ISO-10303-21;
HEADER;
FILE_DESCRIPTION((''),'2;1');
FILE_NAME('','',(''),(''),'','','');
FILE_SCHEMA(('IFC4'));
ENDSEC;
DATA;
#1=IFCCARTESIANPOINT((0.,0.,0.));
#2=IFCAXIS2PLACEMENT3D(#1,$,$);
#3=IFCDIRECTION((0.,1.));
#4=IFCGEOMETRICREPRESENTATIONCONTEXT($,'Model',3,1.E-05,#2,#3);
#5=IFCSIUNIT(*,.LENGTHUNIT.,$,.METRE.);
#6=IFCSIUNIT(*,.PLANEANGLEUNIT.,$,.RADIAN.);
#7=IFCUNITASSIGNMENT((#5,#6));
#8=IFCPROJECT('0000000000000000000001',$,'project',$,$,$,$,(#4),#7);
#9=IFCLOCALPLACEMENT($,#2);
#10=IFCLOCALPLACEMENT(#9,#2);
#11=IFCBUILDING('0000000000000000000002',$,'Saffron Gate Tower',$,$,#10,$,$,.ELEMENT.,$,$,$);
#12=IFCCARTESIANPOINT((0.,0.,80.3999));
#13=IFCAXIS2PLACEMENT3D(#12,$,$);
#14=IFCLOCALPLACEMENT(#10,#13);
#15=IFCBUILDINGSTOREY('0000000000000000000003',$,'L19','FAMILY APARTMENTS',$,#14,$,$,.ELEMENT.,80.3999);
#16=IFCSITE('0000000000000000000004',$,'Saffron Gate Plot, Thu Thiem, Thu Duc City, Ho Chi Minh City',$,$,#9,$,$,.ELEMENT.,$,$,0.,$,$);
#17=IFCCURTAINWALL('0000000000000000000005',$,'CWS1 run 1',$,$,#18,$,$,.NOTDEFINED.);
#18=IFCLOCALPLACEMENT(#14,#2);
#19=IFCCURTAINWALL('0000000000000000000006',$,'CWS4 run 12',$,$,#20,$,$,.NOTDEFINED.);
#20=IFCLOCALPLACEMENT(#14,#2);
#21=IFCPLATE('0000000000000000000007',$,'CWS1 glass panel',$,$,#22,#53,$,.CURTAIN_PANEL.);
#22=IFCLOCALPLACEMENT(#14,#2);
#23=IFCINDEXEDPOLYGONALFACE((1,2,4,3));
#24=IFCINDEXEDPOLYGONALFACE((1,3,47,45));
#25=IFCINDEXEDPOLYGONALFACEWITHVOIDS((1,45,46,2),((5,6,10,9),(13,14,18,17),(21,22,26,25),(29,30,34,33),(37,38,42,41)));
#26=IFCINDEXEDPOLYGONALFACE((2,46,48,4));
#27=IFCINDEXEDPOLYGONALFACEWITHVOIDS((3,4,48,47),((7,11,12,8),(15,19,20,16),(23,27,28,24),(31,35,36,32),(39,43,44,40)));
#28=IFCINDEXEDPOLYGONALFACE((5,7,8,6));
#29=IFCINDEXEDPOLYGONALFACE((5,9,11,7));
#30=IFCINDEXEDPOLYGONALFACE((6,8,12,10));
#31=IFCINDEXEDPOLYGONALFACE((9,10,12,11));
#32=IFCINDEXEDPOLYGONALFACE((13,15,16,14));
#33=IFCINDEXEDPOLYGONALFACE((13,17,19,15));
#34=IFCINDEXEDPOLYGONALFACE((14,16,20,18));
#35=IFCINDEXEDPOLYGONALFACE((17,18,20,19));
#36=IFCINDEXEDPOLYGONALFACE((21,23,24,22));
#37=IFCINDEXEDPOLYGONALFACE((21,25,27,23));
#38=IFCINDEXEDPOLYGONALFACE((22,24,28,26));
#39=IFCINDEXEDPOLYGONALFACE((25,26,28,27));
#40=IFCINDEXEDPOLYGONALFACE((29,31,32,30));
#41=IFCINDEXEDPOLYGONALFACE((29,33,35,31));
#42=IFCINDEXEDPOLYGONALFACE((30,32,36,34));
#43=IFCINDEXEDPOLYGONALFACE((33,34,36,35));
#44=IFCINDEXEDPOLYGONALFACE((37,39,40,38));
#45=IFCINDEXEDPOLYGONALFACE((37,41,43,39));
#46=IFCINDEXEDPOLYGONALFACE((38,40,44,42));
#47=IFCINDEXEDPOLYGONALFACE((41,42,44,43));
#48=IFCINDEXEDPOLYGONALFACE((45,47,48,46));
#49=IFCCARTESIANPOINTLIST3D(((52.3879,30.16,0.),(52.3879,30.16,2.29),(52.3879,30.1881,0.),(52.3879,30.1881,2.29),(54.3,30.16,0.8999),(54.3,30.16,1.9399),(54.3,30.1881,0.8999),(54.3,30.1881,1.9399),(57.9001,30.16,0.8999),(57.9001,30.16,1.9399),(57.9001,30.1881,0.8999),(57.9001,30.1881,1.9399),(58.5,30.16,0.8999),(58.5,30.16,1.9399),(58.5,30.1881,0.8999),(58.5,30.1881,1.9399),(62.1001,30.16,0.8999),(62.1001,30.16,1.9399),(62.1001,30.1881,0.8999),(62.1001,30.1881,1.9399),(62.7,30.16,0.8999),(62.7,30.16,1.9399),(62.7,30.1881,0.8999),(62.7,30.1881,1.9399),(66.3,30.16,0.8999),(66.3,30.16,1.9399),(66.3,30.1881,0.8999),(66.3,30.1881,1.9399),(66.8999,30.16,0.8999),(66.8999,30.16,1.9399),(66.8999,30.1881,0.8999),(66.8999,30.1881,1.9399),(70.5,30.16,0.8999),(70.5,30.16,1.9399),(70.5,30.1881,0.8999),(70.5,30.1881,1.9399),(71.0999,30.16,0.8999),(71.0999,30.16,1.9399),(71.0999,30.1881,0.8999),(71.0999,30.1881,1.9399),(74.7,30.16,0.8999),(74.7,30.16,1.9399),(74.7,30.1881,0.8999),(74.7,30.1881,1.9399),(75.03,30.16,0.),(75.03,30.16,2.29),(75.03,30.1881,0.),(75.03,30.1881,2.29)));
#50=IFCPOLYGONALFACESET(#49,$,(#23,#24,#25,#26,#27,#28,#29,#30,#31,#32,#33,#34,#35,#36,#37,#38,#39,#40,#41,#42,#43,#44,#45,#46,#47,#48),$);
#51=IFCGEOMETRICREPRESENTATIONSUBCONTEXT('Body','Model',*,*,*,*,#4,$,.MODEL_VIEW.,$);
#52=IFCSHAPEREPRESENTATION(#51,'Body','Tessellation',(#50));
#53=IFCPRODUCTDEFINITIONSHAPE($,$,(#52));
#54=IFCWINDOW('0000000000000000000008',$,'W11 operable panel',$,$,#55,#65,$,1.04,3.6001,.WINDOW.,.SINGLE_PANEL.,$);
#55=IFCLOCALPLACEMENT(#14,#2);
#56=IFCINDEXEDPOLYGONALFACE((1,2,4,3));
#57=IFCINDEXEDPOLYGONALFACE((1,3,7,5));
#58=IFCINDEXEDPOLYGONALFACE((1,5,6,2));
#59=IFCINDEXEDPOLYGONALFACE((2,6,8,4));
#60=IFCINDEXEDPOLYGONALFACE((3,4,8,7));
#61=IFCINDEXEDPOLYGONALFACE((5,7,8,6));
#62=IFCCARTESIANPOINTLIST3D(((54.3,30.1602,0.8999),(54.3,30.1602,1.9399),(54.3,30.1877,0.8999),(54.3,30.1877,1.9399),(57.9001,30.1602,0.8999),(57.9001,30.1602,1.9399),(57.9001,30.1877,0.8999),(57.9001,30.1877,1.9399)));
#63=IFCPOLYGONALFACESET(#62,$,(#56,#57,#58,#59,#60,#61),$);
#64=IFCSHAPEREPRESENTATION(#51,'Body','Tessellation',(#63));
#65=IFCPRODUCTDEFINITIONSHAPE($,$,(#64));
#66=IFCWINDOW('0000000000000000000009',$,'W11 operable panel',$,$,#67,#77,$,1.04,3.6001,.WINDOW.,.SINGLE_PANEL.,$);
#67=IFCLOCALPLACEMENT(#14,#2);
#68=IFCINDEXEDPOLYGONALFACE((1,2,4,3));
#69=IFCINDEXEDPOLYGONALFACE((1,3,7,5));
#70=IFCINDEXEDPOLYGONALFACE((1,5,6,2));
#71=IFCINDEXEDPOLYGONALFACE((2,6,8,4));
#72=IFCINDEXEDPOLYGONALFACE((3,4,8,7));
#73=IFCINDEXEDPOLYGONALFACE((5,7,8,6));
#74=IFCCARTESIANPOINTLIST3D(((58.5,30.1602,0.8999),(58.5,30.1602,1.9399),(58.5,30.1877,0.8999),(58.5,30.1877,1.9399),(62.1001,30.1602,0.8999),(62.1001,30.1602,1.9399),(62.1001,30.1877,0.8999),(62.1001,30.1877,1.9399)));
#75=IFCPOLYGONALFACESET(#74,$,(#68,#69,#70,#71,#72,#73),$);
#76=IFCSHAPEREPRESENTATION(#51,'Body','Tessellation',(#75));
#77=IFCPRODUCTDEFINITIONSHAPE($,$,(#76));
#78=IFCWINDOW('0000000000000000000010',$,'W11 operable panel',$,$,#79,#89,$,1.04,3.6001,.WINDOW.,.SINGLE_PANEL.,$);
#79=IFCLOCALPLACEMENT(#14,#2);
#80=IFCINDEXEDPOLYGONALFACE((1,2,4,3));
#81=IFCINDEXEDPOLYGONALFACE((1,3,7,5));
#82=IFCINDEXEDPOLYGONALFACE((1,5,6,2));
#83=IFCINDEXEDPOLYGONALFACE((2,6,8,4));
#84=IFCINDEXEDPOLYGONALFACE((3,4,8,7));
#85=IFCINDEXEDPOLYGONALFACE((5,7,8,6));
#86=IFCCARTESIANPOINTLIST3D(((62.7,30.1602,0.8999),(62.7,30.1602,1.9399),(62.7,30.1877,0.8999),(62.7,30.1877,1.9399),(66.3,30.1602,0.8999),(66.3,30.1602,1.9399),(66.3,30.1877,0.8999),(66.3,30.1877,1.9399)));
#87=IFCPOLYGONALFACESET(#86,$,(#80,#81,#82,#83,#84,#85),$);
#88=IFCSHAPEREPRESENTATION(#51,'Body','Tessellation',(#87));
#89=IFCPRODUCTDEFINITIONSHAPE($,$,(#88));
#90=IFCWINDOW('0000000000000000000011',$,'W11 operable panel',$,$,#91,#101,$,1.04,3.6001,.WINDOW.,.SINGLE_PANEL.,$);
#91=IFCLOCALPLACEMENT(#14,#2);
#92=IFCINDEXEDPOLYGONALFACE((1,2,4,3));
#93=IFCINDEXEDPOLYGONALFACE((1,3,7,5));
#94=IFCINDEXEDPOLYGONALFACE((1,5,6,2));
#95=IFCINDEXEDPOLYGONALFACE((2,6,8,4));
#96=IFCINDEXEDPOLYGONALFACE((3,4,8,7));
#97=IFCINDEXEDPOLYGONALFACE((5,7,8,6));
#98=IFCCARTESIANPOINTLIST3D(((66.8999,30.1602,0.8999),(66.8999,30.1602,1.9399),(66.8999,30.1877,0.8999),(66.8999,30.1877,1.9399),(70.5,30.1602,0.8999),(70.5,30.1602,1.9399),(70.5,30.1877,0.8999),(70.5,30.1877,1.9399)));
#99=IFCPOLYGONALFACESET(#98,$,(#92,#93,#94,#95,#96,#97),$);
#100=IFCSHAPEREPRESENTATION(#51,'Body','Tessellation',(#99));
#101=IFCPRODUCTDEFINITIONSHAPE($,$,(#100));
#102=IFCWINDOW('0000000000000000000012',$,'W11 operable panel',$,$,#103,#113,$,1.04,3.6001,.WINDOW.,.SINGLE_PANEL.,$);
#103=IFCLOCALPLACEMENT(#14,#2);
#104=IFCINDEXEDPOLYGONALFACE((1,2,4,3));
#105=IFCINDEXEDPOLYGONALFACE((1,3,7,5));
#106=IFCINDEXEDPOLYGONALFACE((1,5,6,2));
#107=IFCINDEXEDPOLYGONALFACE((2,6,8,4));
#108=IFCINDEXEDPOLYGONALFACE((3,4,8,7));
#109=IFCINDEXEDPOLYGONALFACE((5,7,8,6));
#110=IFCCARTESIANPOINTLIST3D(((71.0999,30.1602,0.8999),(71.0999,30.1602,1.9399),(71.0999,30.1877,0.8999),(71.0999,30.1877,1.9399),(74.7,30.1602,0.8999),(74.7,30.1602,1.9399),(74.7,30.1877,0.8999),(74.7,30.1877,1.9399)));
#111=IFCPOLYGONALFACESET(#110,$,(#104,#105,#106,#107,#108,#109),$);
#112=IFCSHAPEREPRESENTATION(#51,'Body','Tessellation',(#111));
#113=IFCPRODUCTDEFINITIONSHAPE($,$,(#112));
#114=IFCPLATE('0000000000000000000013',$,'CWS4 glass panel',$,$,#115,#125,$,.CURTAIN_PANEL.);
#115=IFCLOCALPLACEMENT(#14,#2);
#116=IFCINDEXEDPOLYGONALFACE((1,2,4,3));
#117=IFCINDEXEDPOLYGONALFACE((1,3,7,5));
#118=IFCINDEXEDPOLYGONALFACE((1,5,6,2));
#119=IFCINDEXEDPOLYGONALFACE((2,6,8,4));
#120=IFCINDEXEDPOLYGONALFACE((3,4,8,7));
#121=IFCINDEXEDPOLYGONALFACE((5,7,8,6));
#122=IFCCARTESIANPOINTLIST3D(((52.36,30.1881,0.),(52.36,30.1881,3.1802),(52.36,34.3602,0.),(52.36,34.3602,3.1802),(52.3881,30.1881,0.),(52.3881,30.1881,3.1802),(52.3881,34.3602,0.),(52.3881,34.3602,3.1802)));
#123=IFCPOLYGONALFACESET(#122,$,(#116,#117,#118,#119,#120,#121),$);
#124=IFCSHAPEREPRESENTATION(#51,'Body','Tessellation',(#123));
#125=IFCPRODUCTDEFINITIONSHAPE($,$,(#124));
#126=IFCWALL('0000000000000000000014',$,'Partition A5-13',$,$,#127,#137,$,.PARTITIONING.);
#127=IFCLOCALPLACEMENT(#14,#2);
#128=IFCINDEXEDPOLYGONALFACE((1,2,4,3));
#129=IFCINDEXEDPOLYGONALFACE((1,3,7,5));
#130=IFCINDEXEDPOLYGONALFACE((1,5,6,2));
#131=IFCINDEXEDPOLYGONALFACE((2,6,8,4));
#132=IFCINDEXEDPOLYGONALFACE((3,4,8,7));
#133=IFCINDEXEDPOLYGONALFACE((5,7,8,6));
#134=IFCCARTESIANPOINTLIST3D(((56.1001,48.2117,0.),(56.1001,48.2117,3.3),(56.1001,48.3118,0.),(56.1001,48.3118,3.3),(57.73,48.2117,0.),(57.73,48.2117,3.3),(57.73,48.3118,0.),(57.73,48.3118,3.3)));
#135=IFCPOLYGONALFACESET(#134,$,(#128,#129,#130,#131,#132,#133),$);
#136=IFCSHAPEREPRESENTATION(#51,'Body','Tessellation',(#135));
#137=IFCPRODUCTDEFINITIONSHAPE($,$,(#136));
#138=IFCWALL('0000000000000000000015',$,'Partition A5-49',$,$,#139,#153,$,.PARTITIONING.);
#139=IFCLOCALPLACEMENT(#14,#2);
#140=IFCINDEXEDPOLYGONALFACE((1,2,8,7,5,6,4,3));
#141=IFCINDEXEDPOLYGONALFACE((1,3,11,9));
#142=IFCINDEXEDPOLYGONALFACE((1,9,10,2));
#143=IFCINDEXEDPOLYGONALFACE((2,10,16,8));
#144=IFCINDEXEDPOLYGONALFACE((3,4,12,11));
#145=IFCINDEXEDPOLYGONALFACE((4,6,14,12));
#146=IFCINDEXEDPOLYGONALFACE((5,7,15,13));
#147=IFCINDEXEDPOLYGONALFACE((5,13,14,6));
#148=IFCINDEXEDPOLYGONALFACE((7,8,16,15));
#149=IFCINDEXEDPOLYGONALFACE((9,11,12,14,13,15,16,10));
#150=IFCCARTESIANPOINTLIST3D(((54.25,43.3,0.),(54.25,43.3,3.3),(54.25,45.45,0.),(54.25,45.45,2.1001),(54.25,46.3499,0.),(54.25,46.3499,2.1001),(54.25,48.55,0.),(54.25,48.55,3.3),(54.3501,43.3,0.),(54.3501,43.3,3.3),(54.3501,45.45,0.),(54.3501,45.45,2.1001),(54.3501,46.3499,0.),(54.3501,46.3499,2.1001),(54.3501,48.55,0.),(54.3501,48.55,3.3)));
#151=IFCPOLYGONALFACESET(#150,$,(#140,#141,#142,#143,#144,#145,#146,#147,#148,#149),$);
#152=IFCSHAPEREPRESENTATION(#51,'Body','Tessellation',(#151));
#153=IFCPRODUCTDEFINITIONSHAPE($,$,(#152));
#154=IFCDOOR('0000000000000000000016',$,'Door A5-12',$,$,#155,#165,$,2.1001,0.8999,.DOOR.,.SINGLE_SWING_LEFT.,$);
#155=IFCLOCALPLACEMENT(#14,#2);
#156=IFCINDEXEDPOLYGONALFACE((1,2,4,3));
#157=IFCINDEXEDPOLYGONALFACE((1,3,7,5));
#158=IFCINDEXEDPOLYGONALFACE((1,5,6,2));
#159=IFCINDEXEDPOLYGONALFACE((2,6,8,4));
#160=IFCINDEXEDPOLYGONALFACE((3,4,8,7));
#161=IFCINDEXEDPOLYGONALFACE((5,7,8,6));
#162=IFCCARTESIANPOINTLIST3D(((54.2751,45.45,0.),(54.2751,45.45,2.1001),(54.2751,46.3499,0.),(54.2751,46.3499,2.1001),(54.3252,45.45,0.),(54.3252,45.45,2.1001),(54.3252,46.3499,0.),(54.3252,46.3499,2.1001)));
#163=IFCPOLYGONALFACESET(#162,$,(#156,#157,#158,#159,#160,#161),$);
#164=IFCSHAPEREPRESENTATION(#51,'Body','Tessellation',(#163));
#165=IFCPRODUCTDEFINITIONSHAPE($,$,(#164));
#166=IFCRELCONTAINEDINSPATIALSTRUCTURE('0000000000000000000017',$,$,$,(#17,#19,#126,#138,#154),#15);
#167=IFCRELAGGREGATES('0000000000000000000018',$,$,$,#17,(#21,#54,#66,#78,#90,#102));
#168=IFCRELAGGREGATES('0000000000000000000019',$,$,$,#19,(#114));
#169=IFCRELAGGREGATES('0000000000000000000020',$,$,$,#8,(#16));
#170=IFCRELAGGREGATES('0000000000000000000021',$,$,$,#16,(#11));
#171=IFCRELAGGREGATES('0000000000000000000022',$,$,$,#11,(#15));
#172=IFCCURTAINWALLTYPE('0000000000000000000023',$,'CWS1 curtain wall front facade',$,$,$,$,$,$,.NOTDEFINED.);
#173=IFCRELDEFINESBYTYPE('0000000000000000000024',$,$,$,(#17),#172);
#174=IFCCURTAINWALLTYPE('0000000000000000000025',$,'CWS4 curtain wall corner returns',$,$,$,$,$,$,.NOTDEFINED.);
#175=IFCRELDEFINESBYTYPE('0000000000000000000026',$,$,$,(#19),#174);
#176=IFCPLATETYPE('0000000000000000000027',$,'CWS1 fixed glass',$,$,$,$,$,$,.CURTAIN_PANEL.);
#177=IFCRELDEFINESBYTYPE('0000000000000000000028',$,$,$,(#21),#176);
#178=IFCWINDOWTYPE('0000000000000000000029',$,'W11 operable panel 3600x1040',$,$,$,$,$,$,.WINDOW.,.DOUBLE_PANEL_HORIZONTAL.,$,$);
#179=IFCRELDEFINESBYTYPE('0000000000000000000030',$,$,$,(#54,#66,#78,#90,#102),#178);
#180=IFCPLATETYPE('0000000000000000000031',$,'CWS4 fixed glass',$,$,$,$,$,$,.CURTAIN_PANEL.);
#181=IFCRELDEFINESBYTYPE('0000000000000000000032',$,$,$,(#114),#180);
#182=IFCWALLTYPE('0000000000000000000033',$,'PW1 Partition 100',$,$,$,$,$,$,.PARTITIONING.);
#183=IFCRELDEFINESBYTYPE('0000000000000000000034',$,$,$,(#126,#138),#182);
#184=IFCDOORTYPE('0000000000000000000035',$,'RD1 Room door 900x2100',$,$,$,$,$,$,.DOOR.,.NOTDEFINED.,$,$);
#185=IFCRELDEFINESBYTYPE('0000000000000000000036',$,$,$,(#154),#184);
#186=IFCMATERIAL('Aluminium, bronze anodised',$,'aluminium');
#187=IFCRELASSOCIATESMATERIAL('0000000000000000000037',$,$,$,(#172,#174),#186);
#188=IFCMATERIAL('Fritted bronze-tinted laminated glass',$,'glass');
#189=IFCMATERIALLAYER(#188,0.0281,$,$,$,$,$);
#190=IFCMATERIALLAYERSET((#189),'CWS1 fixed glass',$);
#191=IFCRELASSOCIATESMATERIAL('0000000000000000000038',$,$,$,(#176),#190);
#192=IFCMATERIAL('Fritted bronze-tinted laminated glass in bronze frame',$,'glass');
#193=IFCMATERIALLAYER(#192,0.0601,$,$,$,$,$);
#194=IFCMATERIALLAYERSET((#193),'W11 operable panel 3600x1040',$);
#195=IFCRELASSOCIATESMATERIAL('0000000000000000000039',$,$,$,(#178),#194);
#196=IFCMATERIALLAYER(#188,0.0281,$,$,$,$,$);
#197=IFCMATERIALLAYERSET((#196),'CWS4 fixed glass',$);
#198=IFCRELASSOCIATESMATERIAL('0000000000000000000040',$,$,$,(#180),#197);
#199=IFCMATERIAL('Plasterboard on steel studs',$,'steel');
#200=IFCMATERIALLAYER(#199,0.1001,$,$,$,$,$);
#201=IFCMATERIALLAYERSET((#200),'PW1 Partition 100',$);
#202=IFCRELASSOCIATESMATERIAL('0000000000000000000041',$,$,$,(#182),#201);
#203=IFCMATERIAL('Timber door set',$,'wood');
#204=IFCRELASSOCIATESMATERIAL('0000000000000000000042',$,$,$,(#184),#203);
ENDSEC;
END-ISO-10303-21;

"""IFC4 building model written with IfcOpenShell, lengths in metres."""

from ifc_helpers import new_model, si_unit, direction, frame, frame_2d, origin, place, context, subcontext, project, spatial, rectangle, extrude, material, layer, layer_set, type_object, element, fill, aggregate, save


model = new_model("IFC4")

# Units and contexts
model_context = context("Model", 3, precision=1e-05, world=origin(), true_north=direction((0.0, 1.0)))
body_context = subcontext(model_context, "Body", "Model", "MODEL_VIEW")
ifc_project = project(units=[si_unit("LENGTHUNIT", "METRE"), si_unit("PLANEANGLEUNIT", "RADIAN")], contexts=[model_context])

# Site, building, storey
site_placement = place(None, origin())
site = spatial("IfcSite", under=ifc_project, at=site_placement, Name="Saffron Gate Plot, Thu Thiem, Thu Duc City, Ho Chi Minh City", CompositionType="ELEMENT", RefElevation=0.0)
building_placement = place(site_placement, origin())
building = spatial("IfcBuilding", under=site, at=building_placement, Name="Saffron Gate Tower", CompositionType="ELEMENT")
storey_placement = place(building_placement, frame((0.0, 0.0, 80.3999)))
storey = spatial("IfcBuildingStorey", under=building, at=storey_placement, Name="L19", Description="FAMILY APARTMENTS", CompositionType="ELEMENT", Elevation=80.3999)

# Curtain walls
ifc_material_1 = material(Name="Aluminium, bronze anodised", Category="aluminium")
curtain_wall_type_1 = type_object("IfcCurtainWallType", Name="CWS1 curtain wall front facade", PredefinedType="NOTDEFINED", material=ifc_material_1)
curtain_wall_1_placement = place(storey_placement, origin())
curtain_wall_1 = element("IfcCurtainWall", 1, at=curtain_wall_1_placement, inside=storey, type_object=curtain_wall_type_1, Name="CWS1 run 1", PredefinedType="NOTDEFINED")
curtain_wall_type_2 = type_object("IfcCurtainWallType", Name="CWS4 curtain wall corner returns", PredefinedType="NOTDEFINED", material=ifc_material_1)
curtain_wall_2_placement = place(storey_placement, origin())
curtain_wall_2 = element("IfcCurtainWall", 2, at=curtain_wall_2_placement, inside=storey, type_object=curtain_wall_type_2, Name="CWS4 run 12", PredefinedType="NOTDEFINED")

# Plate, openings, windows
ifc_material_2 = material(Name="Fritted bronze-tinted laminated glass", Category="glass")
ifc_layer_1 = layer(ifc_material_2, 0.0281)
ifc_layer_set_1 = layer_set([ifc_layer_1], Name="CWS1 fixed glass")
plate_type_1 = type_object("IfcPlateType", Name="CWS1 fixed glass", PredefinedType="CURTAIN_PANEL", material=ifc_layer_set_1)
plate_1_placement = place(storey_placement, frame((52.3879, 30.1741, 0.0), z_axis=(0.0, 0.0, 1.0), x_axis=(1.0, 0.0, 0.0)))
plate_1 = element("IfcPlate", 3, at=plate_1_placement, type_object=plate_type_1, Name="CWS1 glass panel", PredefinedType="CURTAIN_PANEL", context=body_context, shape_type="SweptSolid", body=[
    extrude(rectangle(XDim=22.6421, YDim=0.0281, at=frame_2d((11.321, 0.0))), origin(), (0.0, 0.0, 1.0), 2.29),
])
opening_1_placement = place(plate_1_placement, frame((1.9121, 0.0, 0.8999)))
opening_1 = element("IfcOpeningElement", 4, at=opening_1_placement, cuts=plate_1, PredefinedType="OPENING", context=body_context, shape_type="SweptSolid", body=[
    extrude(rectangle(XDim=3.6001, YDim=1.04, at=frame_2d((1.8, 0.52))), frame((0.0, 0.0239, 0.0), z_axis=(0.0, -1.0, 0.0), x_axis=(1.0, 0.0, 0.0)), (0.0, 0.0, 1.0), 0.0481),
])
opening_2_placement = place(plate_1_placement, frame((6.1121, 0.0, 0.8999)))
opening_2 = element("IfcOpeningElement", 5, at=opening_2_placement, cuts=plate_1, PredefinedType="OPENING", context=body_context, shape_type="SweptSolid", body=[
    extrude(rectangle(XDim=3.6001, YDim=1.04, at=frame_2d((1.8, 0.52))), frame((0.0, 0.0239, 0.0), z_axis=(0.0, -1.0, 0.0), x_axis=(1.0, 0.0, 0.0)), (0.0, 0.0, 1.0), 0.0481),
])
opening_3_placement = place(plate_1_placement, frame((10.312, 0.0, 0.8999)))
opening_3 = element("IfcOpeningElement", 6, at=opening_3_placement, cuts=plate_1, PredefinedType="OPENING", context=body_context, shape_type="SweptSolid", body=[
    extrude(rectangle(XDim=3.6001, YDim=1.04, at=frame_2d((1.8, 0.52))), frame((0.0, 0.0239, 0.0), z_axis=(0.0, -1.0, 0.0), x_axis=(1.0, 0.0, 0.0)), (0.0, 0.0, 1.0), 0.0481),
])
opening_4_placement = place(plate_1_placement, frame((14.512, 0.0, 0.8999)))
opening_4 = element("IfcOpeningElement", 7, at=opening_4_placement, cuts=plate_1, PredefinedType="OPENING", context=body_context, shape_type="SweptSolid", body=[
    extrude(rectangle(XDim=3.6001, YDim=1.04, at=frame_2d((1.8, 0.52))), frame((0.0, 0.0239, 0.0), z_axis=(0.0, -1.0, 0.0), x_axis=(1.0, 0.0, 0.0)), (0.0, 0.0, 1.0), 0.0481),
])
opening_5_placement = place(plate_1_placement, frame((18.7119, 0.0, 0.8999)))
opening_5 = element("IfcOpeningElement", 8, at=opening_5_placement, cuts=plate_1, PredefinedType="OPENING", context=body_context, shape_type="SweptSolid", body=[
    extrude(rectangle(XDim=3.6001, YDim=1.04, at=frame_2d((1.8, 0.52))), frame((0.0, 0.0239, 0.0), z_axis=(0.0, -1.0, 0.0), x_axis=(1.0, 0.0, 0.0)), (0.0, 0.0, 1.0), 0.0481),
])
ifc_material_3 = material(Name="Fritted bronze-tinted laminated glass in bronze frame", Category="glass")
ifc_layer_2 = layer(ifc_material_3, 0.0601)
ifc_layer_set_2 = layer_set([ifc_layer_2], Name="W11 operable panel 3600x1040")
window_type = type_object("IfcWindowType", Name="W11 operable panel 3600x1040", PartitioningType="DOUBLE_PANEL_HORIZONTAL", PredefinedType="WINDOW", material=ifc_layer_set_2)
window_1_placement = place(opening_1_placement, origin())
window_1 = element("IfcWindow", 9, at=window_1_placement, type_object=window_type, Name="W11 operable panel", OverallHeight=1.04, OverallWidth=3.6001, PartitioningType="SINGLE_PANEL", PredefinedType="WINDOW", context=body_context, shape_type="SweptSolid", body=[
    extrude(rectangle(XDim=3.6001, YDim=1.04, at=frame_2d((1.8, 0.52))), frame((0.0, 0.0137, 0.0), z_axis=(0.0, -1.0, 0.0), x_axis=(1.0, 0.0, 0.0)), (0.0, 0.0, 1.0), 0.0276),
])
fill(opening_1, window_1)
window_2_placement = place(opening_2_placement, origin())
window_2 = element("IfcWindow", 10, at=window_2_placement, type_object=window_type, Name="W11 operable panel", OverallHeight=1.04, OverallWidth=3.6001, PartitioningType="SINGLE_PANEL", PredefinedType="WINDOW", context=body_context, shape_type="SweptSolid", body=[
    extrude(rectangle(XDim=3.6001, YDim=1.04, at=frame_2d((1.8, 0.52))), frame((0.0, 0.0137, 0.0), z_axis=(0.0, -1.0, 0.0), x_axis=(1.0, 0.0, 0.0)), (0.0, 0.0, 1.0), 0.0276),
])
fill(opening_2, window_2)
window_3_placement = place(opening_3_placement, origin())
window_3 = element("IfcWindow", 11, at=window_3_placement, type_object=window_type, Name="W11 operable panel", OverallHeight=1.04, OverallWidth=3.6001, PartitioningType="SINGLE_PANEL", PredefinedType="WINDOW", context=body_context, shape_type="SweptSolid", body=[
    extrude(rectangle(XDim=3.6001, YDim=1.04, at=frame_2d((1.8, 0.52))), frame((0.0, 0.0137, 0.0), z_axis=(0.0, -1.0, 0.0), x_axis=(1.0, 0.0, 0.0)), (0.0, 0.0, 1.0), 0.0276),
])
fill(opening_3, window_3)
window_4_placement = place(opening_4_placement, origin())
window_4 = element("IfcWindow", 12, at=window_4_placement, type_object=window_type, Name="W11 operable panel", OverallHeight=1.04, OverallWidth=3.6001, PartitioningType="SINGLE_PANEL", PredefinedType="WINDOW", context=body_context, shape_type="SweptSolid", body=[
    extrude(rectangle(XDim=3.6001, YDim=1.04, at=frame_2d((1.8, 0.52))), frame((0.0, 0.0137, 0.0), z_axis=(0.0, -1.0, 0.0), x_axis=(1.0, 0.0, 0.0)), (0.0, 0.0, 1.0), 0.0276),
])
fill(opening_4, window_4)
window_5_placement = place(opening_5_placement, origin())
window_5 = element("IfcWindow", 13, at=window_5_placement, type_object=window_type, Name="W11 operable panel", OverallHeight=1.04, OverallWidth=3.6001, PartitioningType="SINGLE_PANEL", PredefinedType="WINDOW", context=body_context, shape_type="SweptSolid", body=[
    extrude(rectangle(XDim=3.6001, YDim=1.04, at=frame_2d((1.8, 0.52))), frame((0.0, 0.0137, 0.0), z_axis=(0.0, -1.0, 0.0), x_axis=(1.0, 0.0, 0.0)), (0.0, 0.0, 1.0), 0.0276),
])
fill(opening_5, window_5)
aggregate(curtain_wall_1, [plate_1, window_1, window_2, window_3, window_4, window_5])

# Plate
ifc_layer_3 = layer(ifc_material_2, 0.0281)
ifc_layer_set_3 = layer_set([ifc_layer_3], Name="CWS4 fixed glass")
plate_type_2 = type_object("IfcPlateType", Name="CWS4 fixed glass", PredefinedType="CURTAIN_PANEL", material=ifc_layer_set_3)
plate_2_placement = place(storey_placement, frame((52.374, 34.3601, 0.0), z_axis=(0.0, 0.0, 1.0), x_axis=(0.0, -1.0, 0.0)))
plate_2 = element("IfcPlate", 14, at=plate_2_placement, type_object=plate_type_2, Name="CWS4 glass panel", PredefinedType="CURTAIN_PANEL", context=body_context, shape_type="SweptSolid", body=[
    extrude(rectangle(XDim=4.1721, YDim=0.0281, at=frame_2d((2.0859, 0.0))), origin(), (0.0, 0.0, 1.0), 3.1802),
])
aggregate(curtain_wall_2, [plate_2])

# Wall
ifc_material_4 = material(Name="Plasterboard on steel studs", Category="steel")
ifc_layer_4 = layer(ifc_material_4, 0.1001)
ifc_layer_set_4 = layer_set([ifc_layer_4], Name="PW1 Partition 100")
wall_type_1 = type_object("IfcWallType", Name="PW1 Partition 100", PredefinedType="PARTITIONING", material=ifc_layer_set_4)
wall_1_placement = place(storey_placement, frame((56.1001, 48.2617, 0.0), z_axis=(0.0, 0.0, 1.0), x_axis=(1.0, 0.0, 0.0)))
element("IfcWall", 15, at=wall_1_placement, inside=storey, type_object=wall_type_1, Name="Partition A5-13", PredefinedType="PARTITIONING", context=body_context, shape_type="SweptSolid", body=[
    extrude(rectangle(XDim=1.6299, YDim=0.1001, at=frame_2d((0.8149, 0.0))), origin(), (0.0, 0.0, 1.0), 3.3),
])

# Wall, opening, door
wall_2_placement = place(storey_placement, frame((54.3, 43.3, 0.0), z_axis=(0.0, 0.0, 1.0), x_axis=(0.0, 1.0, 0.0)))
wall_2 = element("IfcWall", 16, at=wall_2_placement, inside=storey, type_object=wall_type_1, Name="Partition A5-49", PredefinedType="PARTITIONING", context=body_context, shape_type="SweptSolid", body=[
    extrude(rectangle(XDim=5.25, YDim=0.1001, at=frame_2d((2.625, 0.0))), origin(), (0.0, 0.0, 1.0), 3.3),
])
opening_6_placement = place(wall_2_placement, frame((2.1499, 0.0, 0.0)))
opening_6 = element("IfcOpeningElement", 17, at=opening_6_placement, cuts=wall_2, PredefinedType="OPENING", context=body_context, shape_type="SweptSolid", body=[
    extrude(rectangle(XDim=0.8999, YDim=2.1001, at=frame_2d((0.45, 1.05))), frame((0.0, 0.0601, 0.0), z_axis=(0.0, -1.0, 0.0), x_axis=(1.0, 0.0, 0.0)), (0.0, 0.0, 1.0), 0.1201),
])
ifc_material_5 = material(Name="Timber door set", Category="wood")
door_type = type_object("IfcDoorType", Name="RD1 Room door 900x2100", OperationType="NOTDEFINED", PredefinedType="DOOR", material=ifc_material_5)
door_placement = place(opening_6_placement, origin())
door = element("IfcDoor", 18, at=door_placement, inside=storey, type_object=door_type, Name="Door A5-12", OperationType="SINGLE_SWING_LEFT", OverallHeight=2.1001, OverallWidth=0.8999, PredefinedType="DOOR", context=body_context, shape_type="SweptSolid", body=[
    extrude(rectangle(XDim=0.8999, YDim=2.1001, at=frame_2d((0.45, 1.05))), frame((0.0, 0.0249, 0.0), z_axis=(0.0, -1.0, 0.0), x_axis=(1.0, 0.0, 0.0)), (0.0, 0.0, 1.0), 0.05),
])
fill(opening_6, door)

save(model, "model.ifc")
